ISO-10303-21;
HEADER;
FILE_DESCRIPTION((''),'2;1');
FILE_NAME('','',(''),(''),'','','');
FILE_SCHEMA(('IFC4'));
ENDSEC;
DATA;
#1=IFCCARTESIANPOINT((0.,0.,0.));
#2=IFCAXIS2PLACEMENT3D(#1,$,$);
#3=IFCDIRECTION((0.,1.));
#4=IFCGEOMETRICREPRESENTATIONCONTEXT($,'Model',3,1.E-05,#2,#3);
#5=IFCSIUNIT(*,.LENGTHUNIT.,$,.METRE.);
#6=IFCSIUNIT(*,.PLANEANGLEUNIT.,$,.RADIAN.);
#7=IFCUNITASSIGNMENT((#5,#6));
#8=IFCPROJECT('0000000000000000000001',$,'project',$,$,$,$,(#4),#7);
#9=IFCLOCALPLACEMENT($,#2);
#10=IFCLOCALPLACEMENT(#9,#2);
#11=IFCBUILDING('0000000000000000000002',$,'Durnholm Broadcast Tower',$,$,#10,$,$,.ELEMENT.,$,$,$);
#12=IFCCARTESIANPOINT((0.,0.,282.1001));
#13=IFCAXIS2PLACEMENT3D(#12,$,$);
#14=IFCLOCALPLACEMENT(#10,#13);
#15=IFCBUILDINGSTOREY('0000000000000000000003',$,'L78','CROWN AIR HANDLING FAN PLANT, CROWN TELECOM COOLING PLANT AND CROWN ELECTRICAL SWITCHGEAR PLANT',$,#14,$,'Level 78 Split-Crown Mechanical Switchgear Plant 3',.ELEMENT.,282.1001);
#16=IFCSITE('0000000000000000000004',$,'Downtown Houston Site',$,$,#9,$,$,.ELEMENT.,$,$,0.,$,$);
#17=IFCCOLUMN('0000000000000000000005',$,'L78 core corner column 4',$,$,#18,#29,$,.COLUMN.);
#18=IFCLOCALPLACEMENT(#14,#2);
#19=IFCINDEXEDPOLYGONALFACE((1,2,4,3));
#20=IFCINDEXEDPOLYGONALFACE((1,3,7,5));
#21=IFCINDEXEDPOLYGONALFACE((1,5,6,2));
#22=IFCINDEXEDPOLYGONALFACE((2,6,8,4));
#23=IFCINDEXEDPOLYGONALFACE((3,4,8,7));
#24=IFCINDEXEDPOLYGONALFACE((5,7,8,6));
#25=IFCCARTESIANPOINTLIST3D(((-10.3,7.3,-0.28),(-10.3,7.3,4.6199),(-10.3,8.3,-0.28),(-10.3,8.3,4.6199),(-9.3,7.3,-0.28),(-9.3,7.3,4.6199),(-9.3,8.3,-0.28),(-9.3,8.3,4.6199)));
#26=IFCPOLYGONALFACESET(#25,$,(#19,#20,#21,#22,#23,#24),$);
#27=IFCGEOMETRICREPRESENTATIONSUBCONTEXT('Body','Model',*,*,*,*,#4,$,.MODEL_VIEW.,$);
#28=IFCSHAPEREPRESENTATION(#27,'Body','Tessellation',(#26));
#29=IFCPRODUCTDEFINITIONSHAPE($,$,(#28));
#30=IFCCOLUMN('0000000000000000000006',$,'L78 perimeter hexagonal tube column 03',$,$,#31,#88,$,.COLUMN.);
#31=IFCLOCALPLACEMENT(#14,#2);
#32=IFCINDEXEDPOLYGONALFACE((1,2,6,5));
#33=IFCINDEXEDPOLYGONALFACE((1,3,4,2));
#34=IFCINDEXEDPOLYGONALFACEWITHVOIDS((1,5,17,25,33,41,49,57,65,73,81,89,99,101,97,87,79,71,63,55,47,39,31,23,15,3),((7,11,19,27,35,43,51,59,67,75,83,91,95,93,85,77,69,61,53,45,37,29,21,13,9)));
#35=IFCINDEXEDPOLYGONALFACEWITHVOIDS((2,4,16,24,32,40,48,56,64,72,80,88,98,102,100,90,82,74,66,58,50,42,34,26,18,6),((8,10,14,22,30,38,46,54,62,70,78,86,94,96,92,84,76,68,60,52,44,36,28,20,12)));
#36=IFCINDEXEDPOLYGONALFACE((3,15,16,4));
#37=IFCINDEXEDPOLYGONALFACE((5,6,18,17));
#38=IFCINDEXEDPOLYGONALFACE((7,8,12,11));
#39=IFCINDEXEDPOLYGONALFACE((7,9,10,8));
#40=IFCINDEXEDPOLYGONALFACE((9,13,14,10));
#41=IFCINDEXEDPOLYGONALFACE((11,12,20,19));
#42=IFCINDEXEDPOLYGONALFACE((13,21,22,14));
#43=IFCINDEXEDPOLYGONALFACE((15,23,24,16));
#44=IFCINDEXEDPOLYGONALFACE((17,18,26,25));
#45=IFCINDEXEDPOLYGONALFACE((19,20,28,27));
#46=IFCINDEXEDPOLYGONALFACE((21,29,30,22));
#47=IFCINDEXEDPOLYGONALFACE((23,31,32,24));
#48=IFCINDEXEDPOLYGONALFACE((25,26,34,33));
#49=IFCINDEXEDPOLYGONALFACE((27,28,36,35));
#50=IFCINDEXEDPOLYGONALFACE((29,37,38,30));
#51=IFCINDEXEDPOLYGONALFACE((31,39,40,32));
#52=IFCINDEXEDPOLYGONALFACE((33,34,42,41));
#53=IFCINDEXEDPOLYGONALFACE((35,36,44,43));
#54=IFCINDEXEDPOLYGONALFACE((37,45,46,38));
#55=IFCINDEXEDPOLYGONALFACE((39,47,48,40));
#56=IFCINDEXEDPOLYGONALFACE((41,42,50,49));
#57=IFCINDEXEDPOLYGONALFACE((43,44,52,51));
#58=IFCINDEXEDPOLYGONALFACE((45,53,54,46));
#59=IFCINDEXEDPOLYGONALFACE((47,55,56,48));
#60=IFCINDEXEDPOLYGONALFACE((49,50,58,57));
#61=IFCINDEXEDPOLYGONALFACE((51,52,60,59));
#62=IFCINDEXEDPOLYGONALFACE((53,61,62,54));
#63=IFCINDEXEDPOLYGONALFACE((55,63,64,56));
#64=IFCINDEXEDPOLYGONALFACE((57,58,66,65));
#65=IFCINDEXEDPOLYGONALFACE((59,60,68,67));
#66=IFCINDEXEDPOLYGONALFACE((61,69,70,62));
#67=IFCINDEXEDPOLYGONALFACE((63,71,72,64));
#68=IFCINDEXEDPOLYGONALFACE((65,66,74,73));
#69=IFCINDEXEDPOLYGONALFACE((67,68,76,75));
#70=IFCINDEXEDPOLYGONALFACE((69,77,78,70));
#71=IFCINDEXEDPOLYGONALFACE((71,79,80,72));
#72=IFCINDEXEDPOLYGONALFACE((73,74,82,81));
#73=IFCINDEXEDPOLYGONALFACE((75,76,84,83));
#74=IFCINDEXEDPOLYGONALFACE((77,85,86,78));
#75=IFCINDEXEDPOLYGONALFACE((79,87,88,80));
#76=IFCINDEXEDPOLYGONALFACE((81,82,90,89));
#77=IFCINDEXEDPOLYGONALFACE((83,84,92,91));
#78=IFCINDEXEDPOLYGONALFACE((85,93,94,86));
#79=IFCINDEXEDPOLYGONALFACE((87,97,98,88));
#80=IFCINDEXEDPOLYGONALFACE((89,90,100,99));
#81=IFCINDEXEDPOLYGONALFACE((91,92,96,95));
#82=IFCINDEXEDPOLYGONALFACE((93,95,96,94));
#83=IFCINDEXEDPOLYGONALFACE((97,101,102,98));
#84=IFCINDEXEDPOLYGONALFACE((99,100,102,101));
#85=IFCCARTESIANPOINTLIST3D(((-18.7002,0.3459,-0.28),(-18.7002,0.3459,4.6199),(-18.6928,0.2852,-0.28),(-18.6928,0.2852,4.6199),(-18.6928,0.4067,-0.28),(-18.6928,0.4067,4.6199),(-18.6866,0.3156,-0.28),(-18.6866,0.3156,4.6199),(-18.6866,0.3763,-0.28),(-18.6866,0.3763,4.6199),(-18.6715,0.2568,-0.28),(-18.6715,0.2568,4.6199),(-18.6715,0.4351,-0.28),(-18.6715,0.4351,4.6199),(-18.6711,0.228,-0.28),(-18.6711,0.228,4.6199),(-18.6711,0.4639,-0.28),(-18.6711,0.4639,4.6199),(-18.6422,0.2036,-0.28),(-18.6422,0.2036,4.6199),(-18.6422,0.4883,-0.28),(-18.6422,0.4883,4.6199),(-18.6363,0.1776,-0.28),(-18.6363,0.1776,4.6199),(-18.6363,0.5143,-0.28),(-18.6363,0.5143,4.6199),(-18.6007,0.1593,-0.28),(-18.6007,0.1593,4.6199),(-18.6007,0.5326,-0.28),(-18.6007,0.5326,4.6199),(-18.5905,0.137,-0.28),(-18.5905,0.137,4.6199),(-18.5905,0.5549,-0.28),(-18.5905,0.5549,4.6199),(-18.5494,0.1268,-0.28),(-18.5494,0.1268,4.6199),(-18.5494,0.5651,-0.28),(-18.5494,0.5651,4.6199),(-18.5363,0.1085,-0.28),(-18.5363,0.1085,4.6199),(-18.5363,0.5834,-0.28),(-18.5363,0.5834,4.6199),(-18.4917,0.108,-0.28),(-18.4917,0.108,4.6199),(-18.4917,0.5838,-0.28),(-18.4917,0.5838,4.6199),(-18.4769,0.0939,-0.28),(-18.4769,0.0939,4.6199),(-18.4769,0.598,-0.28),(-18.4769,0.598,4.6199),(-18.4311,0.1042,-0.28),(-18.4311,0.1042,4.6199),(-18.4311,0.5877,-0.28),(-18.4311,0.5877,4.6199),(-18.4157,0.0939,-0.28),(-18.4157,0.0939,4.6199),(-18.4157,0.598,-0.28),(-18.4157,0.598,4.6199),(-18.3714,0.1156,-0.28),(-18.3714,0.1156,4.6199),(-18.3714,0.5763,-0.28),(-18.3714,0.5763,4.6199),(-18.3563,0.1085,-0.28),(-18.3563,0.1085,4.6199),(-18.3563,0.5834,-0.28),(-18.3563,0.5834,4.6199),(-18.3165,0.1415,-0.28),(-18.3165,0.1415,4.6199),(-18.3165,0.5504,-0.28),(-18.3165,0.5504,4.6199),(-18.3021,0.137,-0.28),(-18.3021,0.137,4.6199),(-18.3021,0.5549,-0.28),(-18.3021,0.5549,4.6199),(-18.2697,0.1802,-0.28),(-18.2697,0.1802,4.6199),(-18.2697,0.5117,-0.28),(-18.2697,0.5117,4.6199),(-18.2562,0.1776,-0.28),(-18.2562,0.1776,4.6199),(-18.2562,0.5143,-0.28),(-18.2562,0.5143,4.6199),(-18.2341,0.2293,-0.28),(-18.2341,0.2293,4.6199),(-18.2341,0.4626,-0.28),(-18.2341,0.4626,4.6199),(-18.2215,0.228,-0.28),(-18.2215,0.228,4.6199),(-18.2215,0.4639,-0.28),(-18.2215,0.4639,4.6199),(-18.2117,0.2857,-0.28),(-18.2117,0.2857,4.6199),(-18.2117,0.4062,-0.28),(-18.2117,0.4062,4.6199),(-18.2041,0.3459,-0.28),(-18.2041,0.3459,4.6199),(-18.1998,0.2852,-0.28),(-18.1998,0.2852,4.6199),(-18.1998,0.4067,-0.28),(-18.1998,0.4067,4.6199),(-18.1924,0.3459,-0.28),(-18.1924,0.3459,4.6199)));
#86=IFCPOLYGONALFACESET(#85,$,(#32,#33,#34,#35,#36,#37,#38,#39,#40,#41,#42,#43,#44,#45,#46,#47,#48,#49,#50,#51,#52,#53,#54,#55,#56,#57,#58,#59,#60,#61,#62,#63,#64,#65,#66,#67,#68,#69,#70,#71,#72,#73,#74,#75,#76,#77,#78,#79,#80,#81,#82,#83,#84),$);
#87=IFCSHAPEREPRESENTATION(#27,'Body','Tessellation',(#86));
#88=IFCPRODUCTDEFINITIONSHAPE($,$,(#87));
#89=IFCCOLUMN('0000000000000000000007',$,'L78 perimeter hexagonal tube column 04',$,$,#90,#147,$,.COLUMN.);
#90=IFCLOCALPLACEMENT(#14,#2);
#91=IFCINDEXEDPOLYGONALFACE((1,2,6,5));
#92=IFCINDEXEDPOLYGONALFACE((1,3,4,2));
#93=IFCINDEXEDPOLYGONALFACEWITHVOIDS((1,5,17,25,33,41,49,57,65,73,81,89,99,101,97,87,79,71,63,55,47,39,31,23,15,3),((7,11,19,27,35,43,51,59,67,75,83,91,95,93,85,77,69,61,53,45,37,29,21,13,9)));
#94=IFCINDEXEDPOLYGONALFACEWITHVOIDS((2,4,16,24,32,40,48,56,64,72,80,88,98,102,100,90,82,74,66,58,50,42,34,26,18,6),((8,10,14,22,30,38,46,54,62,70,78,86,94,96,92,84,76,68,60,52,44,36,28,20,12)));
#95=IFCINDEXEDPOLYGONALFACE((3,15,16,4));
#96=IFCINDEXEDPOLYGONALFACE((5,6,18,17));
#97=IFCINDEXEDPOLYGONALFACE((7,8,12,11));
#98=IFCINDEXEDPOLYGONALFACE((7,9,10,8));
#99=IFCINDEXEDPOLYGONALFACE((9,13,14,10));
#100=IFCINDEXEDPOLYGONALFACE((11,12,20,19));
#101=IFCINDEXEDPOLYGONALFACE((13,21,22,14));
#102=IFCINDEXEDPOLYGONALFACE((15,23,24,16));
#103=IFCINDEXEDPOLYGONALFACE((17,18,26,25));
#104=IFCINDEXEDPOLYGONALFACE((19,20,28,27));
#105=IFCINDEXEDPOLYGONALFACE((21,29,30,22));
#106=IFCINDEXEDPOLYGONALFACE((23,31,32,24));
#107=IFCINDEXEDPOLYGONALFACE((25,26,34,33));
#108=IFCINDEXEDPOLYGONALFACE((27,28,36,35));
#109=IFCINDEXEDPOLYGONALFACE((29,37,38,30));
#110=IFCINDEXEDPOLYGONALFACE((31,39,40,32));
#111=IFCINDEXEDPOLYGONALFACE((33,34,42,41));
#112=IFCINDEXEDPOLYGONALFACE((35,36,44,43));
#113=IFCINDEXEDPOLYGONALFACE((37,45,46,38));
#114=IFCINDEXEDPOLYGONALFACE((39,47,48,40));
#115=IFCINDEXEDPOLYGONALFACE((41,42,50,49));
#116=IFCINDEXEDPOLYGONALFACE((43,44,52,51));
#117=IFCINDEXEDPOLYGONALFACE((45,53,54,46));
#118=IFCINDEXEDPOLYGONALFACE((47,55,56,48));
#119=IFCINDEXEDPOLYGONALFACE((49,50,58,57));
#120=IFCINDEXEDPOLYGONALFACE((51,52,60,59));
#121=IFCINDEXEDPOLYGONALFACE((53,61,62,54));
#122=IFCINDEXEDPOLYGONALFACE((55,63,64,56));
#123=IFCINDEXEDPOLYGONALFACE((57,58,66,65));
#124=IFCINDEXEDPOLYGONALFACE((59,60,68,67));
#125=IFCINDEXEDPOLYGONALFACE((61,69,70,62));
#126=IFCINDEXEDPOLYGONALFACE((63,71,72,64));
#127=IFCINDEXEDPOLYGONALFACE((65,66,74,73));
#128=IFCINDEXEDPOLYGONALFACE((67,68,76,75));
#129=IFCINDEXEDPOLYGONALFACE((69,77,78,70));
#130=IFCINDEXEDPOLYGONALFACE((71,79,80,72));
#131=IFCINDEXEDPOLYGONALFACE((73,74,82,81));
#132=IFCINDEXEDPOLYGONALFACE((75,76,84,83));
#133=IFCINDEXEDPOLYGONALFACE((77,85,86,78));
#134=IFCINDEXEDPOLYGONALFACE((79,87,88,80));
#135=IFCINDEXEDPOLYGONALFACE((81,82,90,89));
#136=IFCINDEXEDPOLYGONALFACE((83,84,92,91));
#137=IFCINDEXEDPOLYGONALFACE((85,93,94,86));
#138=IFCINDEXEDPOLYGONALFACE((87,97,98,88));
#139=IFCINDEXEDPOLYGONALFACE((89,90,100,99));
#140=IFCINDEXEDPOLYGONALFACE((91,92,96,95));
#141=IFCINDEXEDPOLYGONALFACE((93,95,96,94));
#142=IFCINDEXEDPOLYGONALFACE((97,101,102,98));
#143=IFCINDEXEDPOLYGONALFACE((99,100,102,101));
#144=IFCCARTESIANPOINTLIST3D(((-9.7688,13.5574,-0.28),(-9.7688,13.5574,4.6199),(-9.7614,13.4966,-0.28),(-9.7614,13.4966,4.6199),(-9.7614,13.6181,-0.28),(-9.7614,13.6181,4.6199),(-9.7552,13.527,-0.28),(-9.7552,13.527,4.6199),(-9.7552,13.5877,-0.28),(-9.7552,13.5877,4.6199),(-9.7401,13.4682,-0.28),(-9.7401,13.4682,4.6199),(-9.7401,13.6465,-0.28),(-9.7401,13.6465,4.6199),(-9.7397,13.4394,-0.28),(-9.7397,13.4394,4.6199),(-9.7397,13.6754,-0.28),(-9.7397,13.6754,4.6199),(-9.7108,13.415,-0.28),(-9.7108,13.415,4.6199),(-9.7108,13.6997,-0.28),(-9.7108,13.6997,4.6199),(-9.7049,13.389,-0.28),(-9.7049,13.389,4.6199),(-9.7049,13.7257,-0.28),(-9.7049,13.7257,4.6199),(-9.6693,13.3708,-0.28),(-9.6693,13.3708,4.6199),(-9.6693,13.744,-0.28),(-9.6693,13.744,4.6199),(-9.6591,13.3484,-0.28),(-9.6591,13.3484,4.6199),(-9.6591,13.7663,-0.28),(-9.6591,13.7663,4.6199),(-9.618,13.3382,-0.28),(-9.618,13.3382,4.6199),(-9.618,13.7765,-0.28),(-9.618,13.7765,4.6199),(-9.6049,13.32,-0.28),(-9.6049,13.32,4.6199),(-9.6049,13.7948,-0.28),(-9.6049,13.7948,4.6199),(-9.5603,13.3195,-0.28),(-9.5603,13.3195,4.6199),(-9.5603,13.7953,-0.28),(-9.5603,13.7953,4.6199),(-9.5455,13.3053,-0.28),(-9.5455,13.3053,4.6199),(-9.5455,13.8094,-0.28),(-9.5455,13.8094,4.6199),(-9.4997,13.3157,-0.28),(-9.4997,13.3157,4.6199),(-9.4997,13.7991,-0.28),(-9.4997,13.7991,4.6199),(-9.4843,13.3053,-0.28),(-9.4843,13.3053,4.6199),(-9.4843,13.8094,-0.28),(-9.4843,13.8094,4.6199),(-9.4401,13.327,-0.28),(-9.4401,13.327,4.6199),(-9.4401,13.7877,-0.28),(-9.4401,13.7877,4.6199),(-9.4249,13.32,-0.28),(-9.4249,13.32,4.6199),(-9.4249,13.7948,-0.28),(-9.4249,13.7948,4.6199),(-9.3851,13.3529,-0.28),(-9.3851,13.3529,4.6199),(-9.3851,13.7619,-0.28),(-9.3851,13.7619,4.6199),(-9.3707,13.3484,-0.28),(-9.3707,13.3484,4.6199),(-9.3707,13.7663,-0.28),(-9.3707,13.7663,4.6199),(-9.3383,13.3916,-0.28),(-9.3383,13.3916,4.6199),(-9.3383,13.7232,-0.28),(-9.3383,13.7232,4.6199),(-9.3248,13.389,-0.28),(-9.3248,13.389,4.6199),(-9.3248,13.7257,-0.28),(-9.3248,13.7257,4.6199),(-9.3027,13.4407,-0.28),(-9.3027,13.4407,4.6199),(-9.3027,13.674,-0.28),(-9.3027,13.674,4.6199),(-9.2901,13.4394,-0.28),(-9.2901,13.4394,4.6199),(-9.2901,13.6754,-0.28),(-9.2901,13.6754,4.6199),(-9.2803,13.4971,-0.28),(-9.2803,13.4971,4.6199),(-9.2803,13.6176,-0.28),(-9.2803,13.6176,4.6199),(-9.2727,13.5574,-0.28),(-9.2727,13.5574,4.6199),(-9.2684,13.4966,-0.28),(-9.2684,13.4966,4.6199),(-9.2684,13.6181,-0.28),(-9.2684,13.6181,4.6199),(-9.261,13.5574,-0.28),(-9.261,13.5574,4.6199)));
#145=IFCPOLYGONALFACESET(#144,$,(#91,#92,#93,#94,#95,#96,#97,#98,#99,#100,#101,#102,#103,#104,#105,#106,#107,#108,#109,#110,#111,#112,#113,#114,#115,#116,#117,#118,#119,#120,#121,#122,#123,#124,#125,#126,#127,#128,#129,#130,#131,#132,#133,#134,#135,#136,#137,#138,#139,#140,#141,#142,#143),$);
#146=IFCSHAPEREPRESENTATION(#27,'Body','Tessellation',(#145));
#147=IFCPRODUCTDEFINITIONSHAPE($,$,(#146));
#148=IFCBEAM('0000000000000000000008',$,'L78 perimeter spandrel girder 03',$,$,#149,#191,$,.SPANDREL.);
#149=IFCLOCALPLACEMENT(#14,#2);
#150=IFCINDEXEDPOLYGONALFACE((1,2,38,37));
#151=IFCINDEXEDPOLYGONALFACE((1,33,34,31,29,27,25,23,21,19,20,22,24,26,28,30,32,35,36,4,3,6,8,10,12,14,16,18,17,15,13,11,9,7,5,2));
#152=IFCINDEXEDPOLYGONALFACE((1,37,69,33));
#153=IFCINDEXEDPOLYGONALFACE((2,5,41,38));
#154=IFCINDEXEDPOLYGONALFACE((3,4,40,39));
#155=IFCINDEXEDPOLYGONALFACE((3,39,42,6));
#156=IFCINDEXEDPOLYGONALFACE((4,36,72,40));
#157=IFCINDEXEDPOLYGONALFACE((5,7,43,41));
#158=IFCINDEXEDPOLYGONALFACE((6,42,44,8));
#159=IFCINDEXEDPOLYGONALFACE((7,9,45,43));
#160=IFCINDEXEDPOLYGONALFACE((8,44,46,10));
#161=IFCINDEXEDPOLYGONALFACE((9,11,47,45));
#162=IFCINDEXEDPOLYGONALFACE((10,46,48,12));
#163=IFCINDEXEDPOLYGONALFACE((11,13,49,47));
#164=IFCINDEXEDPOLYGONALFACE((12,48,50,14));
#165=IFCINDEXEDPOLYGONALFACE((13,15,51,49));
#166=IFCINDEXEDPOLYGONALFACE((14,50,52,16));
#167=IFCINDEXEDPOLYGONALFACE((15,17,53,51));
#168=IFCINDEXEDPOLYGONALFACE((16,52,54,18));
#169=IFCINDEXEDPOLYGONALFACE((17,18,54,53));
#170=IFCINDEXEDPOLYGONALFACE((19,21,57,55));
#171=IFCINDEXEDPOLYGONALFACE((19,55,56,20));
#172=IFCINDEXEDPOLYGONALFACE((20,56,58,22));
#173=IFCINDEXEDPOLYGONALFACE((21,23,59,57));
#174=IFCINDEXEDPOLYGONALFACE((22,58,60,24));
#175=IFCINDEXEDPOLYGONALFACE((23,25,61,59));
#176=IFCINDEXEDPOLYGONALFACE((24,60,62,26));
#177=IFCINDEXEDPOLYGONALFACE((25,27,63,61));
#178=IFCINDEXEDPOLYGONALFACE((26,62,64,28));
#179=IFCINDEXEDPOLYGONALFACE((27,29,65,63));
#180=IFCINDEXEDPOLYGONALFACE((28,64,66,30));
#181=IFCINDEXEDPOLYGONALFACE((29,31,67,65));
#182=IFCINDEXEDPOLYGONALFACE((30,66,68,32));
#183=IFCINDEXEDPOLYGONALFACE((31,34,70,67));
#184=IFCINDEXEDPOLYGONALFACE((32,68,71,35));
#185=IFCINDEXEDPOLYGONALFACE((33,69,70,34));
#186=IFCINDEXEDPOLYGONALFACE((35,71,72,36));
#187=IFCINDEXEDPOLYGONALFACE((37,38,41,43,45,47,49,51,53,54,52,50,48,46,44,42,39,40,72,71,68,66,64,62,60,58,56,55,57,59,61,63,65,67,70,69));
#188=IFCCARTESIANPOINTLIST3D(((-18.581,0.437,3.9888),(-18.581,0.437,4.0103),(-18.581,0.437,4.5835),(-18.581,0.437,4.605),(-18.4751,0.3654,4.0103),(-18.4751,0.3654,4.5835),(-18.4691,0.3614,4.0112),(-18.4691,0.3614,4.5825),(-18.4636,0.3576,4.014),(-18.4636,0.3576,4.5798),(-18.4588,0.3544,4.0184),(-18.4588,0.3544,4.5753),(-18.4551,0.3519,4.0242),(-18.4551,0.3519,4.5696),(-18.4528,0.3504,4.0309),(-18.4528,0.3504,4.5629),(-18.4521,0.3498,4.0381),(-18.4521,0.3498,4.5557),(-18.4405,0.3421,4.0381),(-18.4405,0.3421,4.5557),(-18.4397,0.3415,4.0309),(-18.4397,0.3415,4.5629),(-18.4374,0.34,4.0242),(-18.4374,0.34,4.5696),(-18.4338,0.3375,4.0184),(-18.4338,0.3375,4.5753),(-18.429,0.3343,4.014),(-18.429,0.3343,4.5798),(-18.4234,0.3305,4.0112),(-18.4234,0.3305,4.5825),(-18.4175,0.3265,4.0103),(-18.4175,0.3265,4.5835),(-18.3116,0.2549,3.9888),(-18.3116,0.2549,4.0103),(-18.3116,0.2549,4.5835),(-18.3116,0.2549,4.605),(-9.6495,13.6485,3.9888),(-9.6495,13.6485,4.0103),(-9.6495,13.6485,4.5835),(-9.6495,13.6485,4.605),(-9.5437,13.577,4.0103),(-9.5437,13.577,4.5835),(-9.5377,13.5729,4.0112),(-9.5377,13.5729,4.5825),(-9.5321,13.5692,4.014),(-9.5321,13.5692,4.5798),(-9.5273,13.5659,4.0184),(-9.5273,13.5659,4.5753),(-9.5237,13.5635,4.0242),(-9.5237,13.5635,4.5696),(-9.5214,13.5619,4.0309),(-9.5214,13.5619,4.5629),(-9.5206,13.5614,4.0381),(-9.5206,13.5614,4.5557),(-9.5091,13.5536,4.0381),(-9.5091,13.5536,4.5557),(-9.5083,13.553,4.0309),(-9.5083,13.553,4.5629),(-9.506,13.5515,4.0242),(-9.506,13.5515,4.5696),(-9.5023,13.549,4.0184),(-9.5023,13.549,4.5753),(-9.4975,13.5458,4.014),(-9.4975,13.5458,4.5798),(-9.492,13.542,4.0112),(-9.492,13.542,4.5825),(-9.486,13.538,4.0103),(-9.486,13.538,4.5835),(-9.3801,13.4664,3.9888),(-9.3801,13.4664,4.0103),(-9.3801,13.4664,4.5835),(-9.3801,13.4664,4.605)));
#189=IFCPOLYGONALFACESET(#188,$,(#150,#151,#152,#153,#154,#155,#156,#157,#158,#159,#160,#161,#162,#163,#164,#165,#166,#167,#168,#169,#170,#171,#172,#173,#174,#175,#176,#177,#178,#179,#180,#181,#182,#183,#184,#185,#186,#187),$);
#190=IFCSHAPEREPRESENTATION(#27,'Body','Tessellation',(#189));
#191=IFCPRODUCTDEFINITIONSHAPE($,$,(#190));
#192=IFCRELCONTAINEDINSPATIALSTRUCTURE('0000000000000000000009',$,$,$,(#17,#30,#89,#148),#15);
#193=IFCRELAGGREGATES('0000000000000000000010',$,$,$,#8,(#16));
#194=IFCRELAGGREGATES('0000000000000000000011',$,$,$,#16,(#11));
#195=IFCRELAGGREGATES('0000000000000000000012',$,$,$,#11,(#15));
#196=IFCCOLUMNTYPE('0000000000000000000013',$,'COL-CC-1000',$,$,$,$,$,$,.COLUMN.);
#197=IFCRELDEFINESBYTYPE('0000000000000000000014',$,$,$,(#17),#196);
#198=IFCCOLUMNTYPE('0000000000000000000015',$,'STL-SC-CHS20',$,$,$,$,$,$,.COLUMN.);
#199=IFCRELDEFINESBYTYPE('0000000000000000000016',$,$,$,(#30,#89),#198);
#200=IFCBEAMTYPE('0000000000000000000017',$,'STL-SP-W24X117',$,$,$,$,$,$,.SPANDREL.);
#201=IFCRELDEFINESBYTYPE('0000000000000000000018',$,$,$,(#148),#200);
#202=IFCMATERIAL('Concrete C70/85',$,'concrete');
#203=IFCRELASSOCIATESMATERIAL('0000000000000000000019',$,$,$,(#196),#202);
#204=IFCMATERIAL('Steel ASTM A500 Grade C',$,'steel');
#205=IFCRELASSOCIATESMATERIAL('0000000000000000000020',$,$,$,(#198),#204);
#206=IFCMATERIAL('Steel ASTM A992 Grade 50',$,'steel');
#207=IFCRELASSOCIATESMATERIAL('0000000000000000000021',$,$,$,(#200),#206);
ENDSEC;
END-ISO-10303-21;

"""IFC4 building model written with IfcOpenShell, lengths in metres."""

from ifc_helpers import new_model, si_unit, direction, frame, origin, origin_2d, place, context, subcontext, project, spatial, rectangle, hollow_circle, i_section, extrude, source, transform, mapped, material, material_profile, profile_set, type_object, type_shapes, element, save


model = new_model("IFC4")

# Units and contexts
model_context = context("Model", 3, precision=1e-05, world=origin(), true_north=direction((0.0, 1.0)))
body_context = subcontext(model_context, "Body", "Model", "MODEL_VIEW")
ifc_project = project(units=[si_unit("LENGTHUNIT", "METRE"), si_unit("PLANEANGLEUNIT", "RADIAN")], contexts=[model_context])

# Site, building, storey
site_placement = place(None, origin())
site = spatial("IfcSite", under=ifc_project, at=site_placement, Name="Downtown Houston Site", CompositionType="ELEMENT", RefElevation=0.0)
building_placement = place(site_placement, origin())
building = spatial("IfcBuilding", under=site, at=building_placement, Name="Durnholm Broadcast Tower", CompositionType="ELEMENT")
storey_placement = place(building_placement, frame((0.0, 0.0, 282.1001)))
storey = spatial("IfcBuildingStorey", under=building, at=storey_placement, Name="L78", Description="CROWN AIR HANDLING FAN PLANT, CROWN TELECOM COOLING PLANT AND CROWN ELECTRICAL SWITCHGEAR PLANT", LongName="Level 78 Split-Crown Mechanical Switchgear Plant 3", CompositionType="ELEMENT", Elevation=282.1001)

# Columns
ifc_material_1 = material(Name="Concrete C70/85", Category="concrete")
ifc_material_profile_1 = material_profile(ifc_material_1, rectangle(XDim=1.0, YDim=1.0, at=origin_2d()), Name="RC1000X1000")
ifc_profile_set_1 = profile_set([ifc_material_profile_1], Name="Concrete C70/85")
column_type_1 = type_object("IfcColumnType", Name="COL-CC-1000", PredefinedType="COLUMN", material=ifc_profile_set_1)
shared_shape_1 = source(origin(), body_context, "Body", "SweptSolid", [
    extrude(rectangle(XDim=1.0, YDim=1.0, at=origin_2d()), origin(), (0.0, 0.0, 1.0), 4.8999),
])
type_shapes(column_type_1, [shared_shape_1])
column_placement = place(storey_placement, frame((-9.8, 7.8, -0.28), z_axis=(0.0, 0.0, 1.0), x_axis=(1.0, 0.0, 0.0)))
element("IfcColumn", 1, at=column_placement, inside=storey, type_object=column_type_1, Name="L78 core corner column 4", PredefinedType="COLUMN", context=body_context, shape_type="MappedRepresentation", body=[
    mapped(shared_shape_1, transform((0.0, 0.0, 0.0), x_axis=(1.0, 0.0, 0.0), y_axis=(0.0, 1.0, 0.0), z_axis=(0.0, 0.0, 1.0), scale=1.0)),
])
ifc_material_2 = material(Name="Steel ASTM A500 Grade C", Category="steel")
ifc_material_profile_2 = material_profile(ifc_material_2, hollow_circle(Radius=0.2539, WallThickness=0.0117, at=origin_2d()), Name="HSS20.000X0.500")
ifc_profile_set_2 = profile_set([ifc_material_profile_2], Name="Steel ASTM A500 Grade C")
column_type_2 = type_object("IfcColumnType", Name="STL-SC-CHS20", PredefinedType="COLUMN", material=ifc_profile_set_2)
shared_shape_2 = source(origin(), body_context, "Body", "SweptSolid", [
    extrude(hollow_circle(Radius=0.2539, WallThickness=0.0117, at=origin_2d()), origin(), (0.0, 0.0, 1.0), 4.8999),
])
type_shapes(column_type_2, [shared_shape_2])
for number, where, z_axis, x_axis, name in (
    (2, (-18.4463, 0.3459, -0.28), (0.0, 0.0, 1.0), (1.0, 0.0, 0.0), "L78 perimeter hexagonal tube column 03"),
    (3, (-9.5149, 13.5574, -0.28), (0.0, 0.0, 1.0), (1.0, 0.0, 0.0), "L78 perimeter hexagonal tube column 04"),
):
    element("IfcColumn", number, at=place(storey_placement, frame(where, z_axis=z_axis, x_axis=x_axis)), inside=storey, type_object=column_type_2, Name=name, PredefinedType="COLUMN", context=body_context, shape_type="MappedRepresentation", body=[
        mapped(shared_shape_2, transform((0.0, 0.0, 0.0), x_axis=(1.0, 0.0, 0.0), y_axis=(0.0, 1.0, 0.0), z_axis=(0.0, 0.0, 1.0), scale=1.0)),
    ])

# Beam
ifc_material_3 = material(Name="Steel ASTM A992 Grade 50", Category="steel")
ifc_material_profile_3 = material_profile(ifc_material_3, i_section(OverallWidth=0.3252, OverallDepth=0.6162, WebThickness=0.0139, FlangeThickness=0.0215, FilletRadius=0.0278, at=origin_2d()), Name="W24X117")
ifc_profile_set_3 = profile_set([ifc_material_profile_3], Name="Steel ASTM A992 Grade 50")
beam_type_1 = type_object("IfcBeamType", Name="STL-SP-W24X117", PredefinedType="SPANDREL", material=ifc_profile_set_3)
shared_shape_3 = source(origin(), body_context, "Body", "SweptSolid", [
    extrude(i_section(OverallWidth=0.3252, OverallDepth=0.6162, WebThickness=0.0139, FlangeThickness=0.0215, FilletRadius=0.0278, at=origin_2d()), origin(), (0.0, 0.0, 1.0), 15.9473),
])
type_shapes(beam_type_1, [shared_shape_3])
beam_1_placement = place(storey_placement, frame((-18.4463, 0.3459, 4.2969), z_axis=(0.560062, 0.828451, 0.0), x_axis=(-0.828451, 0.560062, 0.0)))
element("IfcBeam", 4, at=beam_1_placement, inside=storey, type_object=beam_type_1, Name="L78 perimeter spandrel girder 03", PredefinedType="SPANDREL", context=body_context, shape_type="MappedRepresentation", body=[
    mapped(shared_shape_3, transform((0.0, 0.0, 0.0), x_axis=(1.0, 0.0, 0.0), y_axis=(0.0, 1.0, 0.0), z_axis=(0.0, 0.0, 1.0), scale=1.0)),
])

save(model, "model.ifc")
